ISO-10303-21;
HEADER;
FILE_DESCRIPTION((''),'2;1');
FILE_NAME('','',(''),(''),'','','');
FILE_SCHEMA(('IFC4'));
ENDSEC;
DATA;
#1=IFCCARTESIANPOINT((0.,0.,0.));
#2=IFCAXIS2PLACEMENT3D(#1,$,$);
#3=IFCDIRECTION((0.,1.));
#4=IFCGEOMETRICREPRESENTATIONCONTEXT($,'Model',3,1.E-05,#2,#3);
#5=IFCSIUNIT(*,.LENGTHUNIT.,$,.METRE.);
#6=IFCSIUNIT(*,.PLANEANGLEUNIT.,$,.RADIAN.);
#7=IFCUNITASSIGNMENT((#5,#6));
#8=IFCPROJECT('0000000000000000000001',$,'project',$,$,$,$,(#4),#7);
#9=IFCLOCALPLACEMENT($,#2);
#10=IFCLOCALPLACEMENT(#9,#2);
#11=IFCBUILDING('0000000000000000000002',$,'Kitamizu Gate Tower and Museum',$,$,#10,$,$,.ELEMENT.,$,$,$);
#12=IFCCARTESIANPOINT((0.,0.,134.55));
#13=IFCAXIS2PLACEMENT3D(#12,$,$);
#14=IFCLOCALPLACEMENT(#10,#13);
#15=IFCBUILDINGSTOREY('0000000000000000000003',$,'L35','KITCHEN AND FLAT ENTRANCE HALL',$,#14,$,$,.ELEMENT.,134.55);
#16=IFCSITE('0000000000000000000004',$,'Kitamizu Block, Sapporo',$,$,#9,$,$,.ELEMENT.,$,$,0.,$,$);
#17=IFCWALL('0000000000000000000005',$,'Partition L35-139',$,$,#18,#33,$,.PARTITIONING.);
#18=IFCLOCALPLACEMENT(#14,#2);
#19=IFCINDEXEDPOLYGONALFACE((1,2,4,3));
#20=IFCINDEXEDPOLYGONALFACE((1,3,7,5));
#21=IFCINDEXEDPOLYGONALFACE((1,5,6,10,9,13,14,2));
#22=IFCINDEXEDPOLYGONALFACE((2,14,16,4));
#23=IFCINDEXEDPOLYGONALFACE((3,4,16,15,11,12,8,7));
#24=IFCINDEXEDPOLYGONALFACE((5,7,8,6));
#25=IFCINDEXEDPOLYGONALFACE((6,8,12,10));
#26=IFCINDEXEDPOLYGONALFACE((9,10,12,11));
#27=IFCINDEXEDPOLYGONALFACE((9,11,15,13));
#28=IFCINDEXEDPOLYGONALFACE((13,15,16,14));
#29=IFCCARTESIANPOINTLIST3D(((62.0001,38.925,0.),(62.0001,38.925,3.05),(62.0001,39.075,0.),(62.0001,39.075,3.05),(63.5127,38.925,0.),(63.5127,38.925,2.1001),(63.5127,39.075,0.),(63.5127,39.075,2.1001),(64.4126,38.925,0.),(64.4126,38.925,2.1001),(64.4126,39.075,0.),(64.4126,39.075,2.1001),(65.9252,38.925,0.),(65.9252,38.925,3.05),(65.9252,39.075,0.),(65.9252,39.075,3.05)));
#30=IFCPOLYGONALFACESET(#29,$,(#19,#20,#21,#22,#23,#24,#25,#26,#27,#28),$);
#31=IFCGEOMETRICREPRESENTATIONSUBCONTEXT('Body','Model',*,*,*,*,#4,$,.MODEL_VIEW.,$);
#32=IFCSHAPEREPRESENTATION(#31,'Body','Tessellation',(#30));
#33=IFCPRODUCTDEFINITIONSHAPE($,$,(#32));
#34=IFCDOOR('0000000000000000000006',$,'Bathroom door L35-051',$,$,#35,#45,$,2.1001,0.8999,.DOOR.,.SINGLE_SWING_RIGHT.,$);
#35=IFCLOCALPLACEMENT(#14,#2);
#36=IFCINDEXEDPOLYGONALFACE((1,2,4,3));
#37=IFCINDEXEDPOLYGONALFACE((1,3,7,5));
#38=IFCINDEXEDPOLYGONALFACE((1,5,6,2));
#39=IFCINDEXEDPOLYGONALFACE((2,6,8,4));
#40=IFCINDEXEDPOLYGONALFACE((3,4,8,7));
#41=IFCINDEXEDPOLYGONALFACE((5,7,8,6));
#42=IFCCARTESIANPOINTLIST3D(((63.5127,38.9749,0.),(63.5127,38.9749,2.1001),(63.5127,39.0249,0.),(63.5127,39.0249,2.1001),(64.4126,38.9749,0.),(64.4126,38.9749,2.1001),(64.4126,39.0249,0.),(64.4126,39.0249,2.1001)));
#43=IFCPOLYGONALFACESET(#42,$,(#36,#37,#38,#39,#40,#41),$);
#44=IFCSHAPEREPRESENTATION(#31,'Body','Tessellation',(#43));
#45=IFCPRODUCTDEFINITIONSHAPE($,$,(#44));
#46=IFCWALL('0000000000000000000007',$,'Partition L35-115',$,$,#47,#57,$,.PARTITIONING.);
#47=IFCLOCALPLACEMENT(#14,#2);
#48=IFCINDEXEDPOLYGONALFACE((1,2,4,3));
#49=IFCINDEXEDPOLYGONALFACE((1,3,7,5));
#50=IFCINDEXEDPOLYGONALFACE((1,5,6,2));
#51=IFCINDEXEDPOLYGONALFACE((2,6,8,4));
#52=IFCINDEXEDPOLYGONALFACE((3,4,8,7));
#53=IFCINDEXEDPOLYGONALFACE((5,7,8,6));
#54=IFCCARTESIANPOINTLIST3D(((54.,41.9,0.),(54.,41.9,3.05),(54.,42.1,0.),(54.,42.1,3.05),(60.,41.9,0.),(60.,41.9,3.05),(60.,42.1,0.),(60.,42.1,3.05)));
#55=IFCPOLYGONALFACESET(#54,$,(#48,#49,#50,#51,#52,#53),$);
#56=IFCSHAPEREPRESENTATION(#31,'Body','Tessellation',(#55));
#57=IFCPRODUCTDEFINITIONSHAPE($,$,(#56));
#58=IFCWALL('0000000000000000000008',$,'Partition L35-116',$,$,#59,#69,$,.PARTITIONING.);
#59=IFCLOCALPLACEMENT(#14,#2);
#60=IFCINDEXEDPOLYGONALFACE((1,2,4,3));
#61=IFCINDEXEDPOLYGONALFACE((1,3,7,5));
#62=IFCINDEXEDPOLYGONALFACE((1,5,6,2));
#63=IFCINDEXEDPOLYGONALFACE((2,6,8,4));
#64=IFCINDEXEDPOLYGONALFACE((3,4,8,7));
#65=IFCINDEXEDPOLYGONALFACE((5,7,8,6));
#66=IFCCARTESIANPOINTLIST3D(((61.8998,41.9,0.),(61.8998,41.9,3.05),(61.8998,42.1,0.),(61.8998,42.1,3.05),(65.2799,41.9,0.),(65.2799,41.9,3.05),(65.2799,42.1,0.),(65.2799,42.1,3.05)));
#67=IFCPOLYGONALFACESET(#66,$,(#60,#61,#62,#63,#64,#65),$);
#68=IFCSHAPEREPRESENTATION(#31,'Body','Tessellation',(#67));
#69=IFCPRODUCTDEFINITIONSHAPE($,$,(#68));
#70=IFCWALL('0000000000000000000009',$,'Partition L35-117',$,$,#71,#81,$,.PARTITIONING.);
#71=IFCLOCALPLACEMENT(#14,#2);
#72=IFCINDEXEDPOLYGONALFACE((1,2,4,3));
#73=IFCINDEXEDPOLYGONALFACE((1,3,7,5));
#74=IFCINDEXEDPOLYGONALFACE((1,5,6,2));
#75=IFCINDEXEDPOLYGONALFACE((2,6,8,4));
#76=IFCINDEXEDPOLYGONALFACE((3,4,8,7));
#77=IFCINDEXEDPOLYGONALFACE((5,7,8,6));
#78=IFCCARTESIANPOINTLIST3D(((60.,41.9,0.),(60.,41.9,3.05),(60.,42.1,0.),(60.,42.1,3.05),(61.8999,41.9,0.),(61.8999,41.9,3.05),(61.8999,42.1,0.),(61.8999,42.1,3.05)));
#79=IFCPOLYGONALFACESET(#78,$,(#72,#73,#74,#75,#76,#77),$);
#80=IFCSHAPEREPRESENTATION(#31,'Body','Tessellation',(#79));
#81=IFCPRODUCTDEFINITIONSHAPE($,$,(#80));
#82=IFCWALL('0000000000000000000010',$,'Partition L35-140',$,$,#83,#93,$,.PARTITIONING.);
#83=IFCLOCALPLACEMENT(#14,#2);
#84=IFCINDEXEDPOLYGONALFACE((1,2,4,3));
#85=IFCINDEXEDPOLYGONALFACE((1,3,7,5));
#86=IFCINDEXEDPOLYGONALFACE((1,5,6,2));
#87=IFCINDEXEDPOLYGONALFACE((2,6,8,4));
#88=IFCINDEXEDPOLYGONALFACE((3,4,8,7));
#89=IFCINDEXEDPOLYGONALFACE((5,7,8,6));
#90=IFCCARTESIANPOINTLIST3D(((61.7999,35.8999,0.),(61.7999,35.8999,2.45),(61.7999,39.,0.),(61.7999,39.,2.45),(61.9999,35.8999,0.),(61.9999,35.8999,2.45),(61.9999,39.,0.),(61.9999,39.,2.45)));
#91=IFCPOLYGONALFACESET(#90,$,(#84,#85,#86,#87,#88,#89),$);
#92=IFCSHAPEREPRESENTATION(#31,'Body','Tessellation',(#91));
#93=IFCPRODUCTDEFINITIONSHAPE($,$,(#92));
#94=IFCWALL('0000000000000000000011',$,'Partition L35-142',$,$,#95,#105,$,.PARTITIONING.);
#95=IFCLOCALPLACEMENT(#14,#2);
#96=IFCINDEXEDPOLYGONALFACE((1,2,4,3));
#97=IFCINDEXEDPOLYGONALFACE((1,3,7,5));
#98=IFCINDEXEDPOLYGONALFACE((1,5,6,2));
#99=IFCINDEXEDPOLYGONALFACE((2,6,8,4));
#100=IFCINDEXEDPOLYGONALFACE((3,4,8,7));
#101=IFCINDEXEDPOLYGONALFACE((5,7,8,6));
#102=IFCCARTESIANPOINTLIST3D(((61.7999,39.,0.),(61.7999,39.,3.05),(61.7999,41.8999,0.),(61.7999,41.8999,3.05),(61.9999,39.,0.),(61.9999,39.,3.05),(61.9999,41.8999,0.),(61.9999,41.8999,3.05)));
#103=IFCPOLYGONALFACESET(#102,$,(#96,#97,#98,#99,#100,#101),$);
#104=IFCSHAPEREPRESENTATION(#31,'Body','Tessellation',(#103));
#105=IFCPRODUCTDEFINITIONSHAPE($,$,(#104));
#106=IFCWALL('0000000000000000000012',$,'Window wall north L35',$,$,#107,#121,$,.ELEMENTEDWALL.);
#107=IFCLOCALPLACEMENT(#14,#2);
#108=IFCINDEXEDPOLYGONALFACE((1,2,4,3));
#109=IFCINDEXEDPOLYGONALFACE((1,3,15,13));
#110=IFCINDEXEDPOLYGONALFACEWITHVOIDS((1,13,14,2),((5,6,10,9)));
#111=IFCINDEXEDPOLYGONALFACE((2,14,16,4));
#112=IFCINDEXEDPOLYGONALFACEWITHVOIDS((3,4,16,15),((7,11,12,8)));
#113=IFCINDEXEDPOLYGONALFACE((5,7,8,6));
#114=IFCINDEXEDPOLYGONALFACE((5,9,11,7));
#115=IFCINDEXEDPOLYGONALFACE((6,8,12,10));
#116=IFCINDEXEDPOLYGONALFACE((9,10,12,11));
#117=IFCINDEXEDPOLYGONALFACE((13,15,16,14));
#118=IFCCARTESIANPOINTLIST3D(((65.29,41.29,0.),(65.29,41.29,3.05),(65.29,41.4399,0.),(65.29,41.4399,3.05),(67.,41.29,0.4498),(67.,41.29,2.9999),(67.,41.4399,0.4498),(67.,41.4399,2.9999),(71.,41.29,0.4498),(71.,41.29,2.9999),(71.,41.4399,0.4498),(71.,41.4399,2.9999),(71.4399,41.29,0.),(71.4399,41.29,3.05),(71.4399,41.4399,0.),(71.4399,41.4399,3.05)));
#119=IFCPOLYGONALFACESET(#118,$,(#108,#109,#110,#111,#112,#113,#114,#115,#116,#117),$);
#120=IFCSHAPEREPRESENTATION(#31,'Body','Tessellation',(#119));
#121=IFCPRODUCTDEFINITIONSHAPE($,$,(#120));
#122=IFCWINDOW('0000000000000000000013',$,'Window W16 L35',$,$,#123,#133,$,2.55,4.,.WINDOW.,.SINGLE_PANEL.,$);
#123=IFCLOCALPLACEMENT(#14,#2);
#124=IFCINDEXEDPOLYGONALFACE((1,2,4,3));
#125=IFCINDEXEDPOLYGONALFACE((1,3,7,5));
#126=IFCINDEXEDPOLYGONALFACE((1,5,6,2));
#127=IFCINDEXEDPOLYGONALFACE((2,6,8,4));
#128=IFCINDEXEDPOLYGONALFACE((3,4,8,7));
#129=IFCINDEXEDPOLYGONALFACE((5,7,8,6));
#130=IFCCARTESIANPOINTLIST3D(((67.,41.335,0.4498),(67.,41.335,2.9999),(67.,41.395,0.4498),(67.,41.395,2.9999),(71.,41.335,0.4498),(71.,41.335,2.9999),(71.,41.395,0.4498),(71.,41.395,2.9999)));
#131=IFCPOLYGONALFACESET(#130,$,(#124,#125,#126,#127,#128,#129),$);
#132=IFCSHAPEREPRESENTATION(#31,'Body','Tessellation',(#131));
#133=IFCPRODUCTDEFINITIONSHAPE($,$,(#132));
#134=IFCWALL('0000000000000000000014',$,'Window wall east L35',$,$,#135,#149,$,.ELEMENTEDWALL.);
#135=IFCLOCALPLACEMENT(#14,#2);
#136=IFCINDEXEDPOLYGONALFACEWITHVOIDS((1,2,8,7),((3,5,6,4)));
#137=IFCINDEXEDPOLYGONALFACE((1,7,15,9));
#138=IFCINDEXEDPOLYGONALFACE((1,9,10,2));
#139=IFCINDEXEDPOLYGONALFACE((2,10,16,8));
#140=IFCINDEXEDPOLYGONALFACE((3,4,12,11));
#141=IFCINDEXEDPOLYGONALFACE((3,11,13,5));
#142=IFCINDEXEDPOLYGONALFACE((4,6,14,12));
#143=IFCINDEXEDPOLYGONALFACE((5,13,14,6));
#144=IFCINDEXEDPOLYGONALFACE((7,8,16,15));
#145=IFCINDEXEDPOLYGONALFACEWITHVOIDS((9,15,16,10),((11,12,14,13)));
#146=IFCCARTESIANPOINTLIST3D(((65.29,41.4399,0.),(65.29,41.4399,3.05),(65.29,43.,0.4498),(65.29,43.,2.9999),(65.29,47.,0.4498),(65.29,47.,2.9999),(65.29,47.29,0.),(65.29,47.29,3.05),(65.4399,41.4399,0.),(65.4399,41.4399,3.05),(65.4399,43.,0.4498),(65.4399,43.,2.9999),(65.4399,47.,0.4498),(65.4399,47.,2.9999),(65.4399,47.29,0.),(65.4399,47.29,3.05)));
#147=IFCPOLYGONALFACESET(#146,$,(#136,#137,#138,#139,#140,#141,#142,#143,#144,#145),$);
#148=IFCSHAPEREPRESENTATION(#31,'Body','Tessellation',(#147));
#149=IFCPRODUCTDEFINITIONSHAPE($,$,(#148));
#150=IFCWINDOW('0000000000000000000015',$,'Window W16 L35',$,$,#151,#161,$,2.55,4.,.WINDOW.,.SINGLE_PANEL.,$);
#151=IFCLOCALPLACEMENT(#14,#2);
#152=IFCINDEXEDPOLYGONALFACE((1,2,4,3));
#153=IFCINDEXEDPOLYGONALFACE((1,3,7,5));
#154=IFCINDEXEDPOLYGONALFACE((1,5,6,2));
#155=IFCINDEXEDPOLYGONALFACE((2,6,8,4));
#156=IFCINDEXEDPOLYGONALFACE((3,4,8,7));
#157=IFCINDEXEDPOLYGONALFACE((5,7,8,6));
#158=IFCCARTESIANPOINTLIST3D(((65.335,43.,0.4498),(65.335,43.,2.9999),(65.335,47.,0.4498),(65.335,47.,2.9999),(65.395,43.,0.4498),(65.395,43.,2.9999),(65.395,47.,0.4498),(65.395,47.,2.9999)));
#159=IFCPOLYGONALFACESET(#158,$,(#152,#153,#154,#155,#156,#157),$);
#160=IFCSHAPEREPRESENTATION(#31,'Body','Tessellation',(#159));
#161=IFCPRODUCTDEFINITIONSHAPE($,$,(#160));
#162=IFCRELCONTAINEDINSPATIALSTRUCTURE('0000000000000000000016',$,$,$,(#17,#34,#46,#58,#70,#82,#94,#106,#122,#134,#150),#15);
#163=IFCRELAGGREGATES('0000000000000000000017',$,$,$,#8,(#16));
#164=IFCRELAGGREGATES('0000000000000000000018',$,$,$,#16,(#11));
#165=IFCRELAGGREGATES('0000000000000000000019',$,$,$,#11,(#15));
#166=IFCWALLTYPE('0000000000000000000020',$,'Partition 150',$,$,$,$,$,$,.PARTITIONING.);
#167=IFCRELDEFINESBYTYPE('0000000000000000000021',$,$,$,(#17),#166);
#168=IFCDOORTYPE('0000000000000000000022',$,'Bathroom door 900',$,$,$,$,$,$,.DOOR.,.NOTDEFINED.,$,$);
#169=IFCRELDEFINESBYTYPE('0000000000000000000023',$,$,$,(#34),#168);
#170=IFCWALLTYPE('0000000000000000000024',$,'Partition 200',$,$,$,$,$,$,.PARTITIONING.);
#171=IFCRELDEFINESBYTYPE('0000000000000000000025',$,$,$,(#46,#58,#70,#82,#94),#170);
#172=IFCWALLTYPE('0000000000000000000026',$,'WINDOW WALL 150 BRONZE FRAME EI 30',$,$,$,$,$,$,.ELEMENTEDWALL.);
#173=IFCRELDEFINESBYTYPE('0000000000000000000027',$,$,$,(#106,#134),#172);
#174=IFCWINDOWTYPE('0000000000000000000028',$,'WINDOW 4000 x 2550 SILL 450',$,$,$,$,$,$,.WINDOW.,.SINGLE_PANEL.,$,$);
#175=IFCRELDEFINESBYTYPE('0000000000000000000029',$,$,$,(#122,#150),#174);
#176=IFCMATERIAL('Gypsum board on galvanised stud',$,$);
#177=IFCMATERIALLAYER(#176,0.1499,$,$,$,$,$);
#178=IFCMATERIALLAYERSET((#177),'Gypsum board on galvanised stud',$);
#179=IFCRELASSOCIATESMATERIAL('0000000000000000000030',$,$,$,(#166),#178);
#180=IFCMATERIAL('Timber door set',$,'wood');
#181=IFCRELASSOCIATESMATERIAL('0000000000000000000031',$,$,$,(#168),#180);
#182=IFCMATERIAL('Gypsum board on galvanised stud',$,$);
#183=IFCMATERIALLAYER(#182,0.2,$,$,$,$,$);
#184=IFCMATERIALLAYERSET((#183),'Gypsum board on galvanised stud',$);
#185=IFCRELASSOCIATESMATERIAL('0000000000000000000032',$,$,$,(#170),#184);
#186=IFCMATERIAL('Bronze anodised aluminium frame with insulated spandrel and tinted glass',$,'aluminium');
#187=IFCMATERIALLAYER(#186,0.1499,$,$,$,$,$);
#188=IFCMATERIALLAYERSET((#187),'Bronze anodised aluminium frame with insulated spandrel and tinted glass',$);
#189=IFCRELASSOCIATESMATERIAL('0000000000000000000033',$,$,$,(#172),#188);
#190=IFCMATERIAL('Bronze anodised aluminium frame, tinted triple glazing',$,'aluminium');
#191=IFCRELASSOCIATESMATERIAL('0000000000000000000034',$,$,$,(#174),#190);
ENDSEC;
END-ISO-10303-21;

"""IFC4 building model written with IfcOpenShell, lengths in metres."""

from ifc_helpers import new_model, si_unit, direction, frame, frame_2d, origin, place, context, subcontext, project, spatial, rectangle, extrude, material, layer, layer_set, type_object, element, fill, save


model = new_model("IFC4")

# Units and contexts
model_context = context("Model", 3, precision=1e-05, world=origin(), true_north=direction((0.0, 1.0)))
body_context = subcontext(model_context, "Body", "Model", "MODEL_VIEW")
ifc_project = project(units=[si_unit("LENGTHUNIT", "METRE"), si_unit("PLANEANGLEUNIT", "RADIAN")], contexts=[model_context])

# Site, building, storey
site_placement = place(None, origin())
site = spatial("IfcSite", under=ifc_project, at=site_placement, Name="Kitamizu Block, Sapporo", CompositionType="ELEMENT", RefElevation=0.0)
building_placement = place(site_placement, origin())
building = spatial("IfcBuilding", under=site, at=building_placement, Name="Kitamizu Gate Tower and Museum", CompositionType="ELEMENT")
storey_placement = place(building_placement, frame((0.0, 0.0, 134.55)))
storey = spatial("IfcBuildingStorey", under=building, at=storey_placement, Name="L35", Description="KITCHEN AND FLAT ENTRANCE HALL", CompositionType="ELEMENT", Elevation=134.55)

# Shared definitions
ifc_material_1 = material(Name="Gypsum board on galvanised stud")
ifc_layer_1 = layer(ifc_material_1, 0.1499)
ifc_layer_set_1 = layer_set([ifc_layer_1], Name="Gypsum board on galvanised stud")
wall_type_1 = type_object("IfcWallType", Name="Partition 150", PredefinedType="PARTITIONING", material=ifc_layer_set_1)

# Wall, opening, door
wall_1_placement = place(storey_placement, frame((65.925, 39.0, 0.0), z_axis=(0.0, 0.0, 1.0), x_axis=(-1.0, 0.0, 0.0)))
wall_1 = element("IfcWall", 1, at=wall_1_placement, inside=storey, type_object=wall_type_1, Name="Partition L35-139", PredefinedType="PARTITIONING", context=body_context, shape_type="SweptSolid", body=[
    extrude(rectangle(XDim=3.925, YDim=0.1499, at=frame_2d((1.9624, 0.0))), origin(), (0.0, 0.0, 1.0), 3.05),
])
opening_1_placement = place(wall_1_placement, frame((1.5125, 0.0, 0.0)))
opening_1 = element("IfcOpeningElement", 2, at=opening_1_placement, cuts=wall_1, PredefinedType="OPENING", context=body_context, shape_type="SweptSolid", body=[
    extrude(rectangle(XDim=0.8999, YDim=2.1001, at=frame_2d((0.45, 1.05))), frame((0.0, 0.085, 0.0), z_axis=(0.0, -1.0, 0.0), x_axis=(1.0, 0.0, 0.0)), (0.0, 0.0, 1.0), 0.1699),
])
ifc_material_2 = material(Name="Timber door set", Category="wood")
door_type_1 = type_object("IfcDoorType", Name="Bathroom door 900", OperationType="NOTDEFINED", PredefinedType="DOOR", material=ifc_material_2)
door_1_placement = place(opening_1_placement, frame((0.8999, 0.0, 0.0), x_axis=(-1.0, 0.0, 0.0)))
door_1 = element("IfcDoor", 3, at=door_1_placement, inside=storey, type_object=door_type_1, Name="Bathroom door L35-051", OperationType="SINGLE_SWING_RIGHT", OverallHeight=2.1001, OverallWidth=0.8999, PredefinedType="DOOR", context=body_context, shape_type="SweptSolid", body=[
    extrude(rectangle(XDim=0.8999, YDim=2.1001, at=frame_2d((0.45, 1.05))), frame((0.0, 0.0249, 0.0), z_axis=(0.0, -1.0, 0.0), x_axis=(1.0, 0.0, 0.0)), (0.0, 0.0, 1.0), 0.05),
])
fill(opening_1, door_1)

# Walls
ifc_material_3 = material(Name="Gypsum board on galvanised stud")
ifc_layer_2 = layer(ifc_material_3, 0.2)
ifc_layer_set_2 = layer_set([ifc_layer_2], Name="Gypsum board on galvanised stud")
wall_type_2 = type_object("IfcWallType", Name="Partition 200", PredefinedType="PARTITIONING", material=ifc_layer_set_2)
wall_2_placement = place(storey_placement, frame((54.0, 42.0, 0.0), z_axis=(0.0, 0.0, 1.0), x_axis=(1.0, 0.0, 0.0)))
element("IfcWall", 4, at=wall_2_placement, inside=storey, type_object=wall_type_2, Name="Partition L35-115", PredefinedType="PARTITIONING", context=body_context, shape_type="SweptSolid", body=[
    extrude(rectangle(XDim=6.0, YDim=0.2, at=frame_2d((3.0, 0.0))), origin(), (0.0, 0.0, 1.0), 3.05),
])
wall_3_placement = place(storey_placement, frame((61.8999, 42.0, 0.0), z_axis=(0.0, 0.0, 1.0), x_axis=(1.0, 0.0, 0.0)))
element("IfcWall", 5, at=wall_3_placement, inside=storey, type_object=wall_type_2, Name="Partition L35-116", PredefinedType="PARTITIONING", context=body_context, shape_type="SweptSolid", body=[
    extrude(rectangle(XDim=3.3801, YDim=0.2, at=frame_2d((1.6899, 0.0))), origin(), (0.0, 0.0, 1.0), 3.05),
])
wall_4_placement = place(storey_placement, frame((60.0, 42.0, 0.0), z_axis=(0.0, 0.0, 1.0), x_axis=(1.0, 0.0, 0.0)))
element("IfcWall", 6, at=wall_4_placement, inside=storey, type_object=wall_type_2, Name="Partition L35-117", PredefinedType="PARTITIONING", context=body_context, shape_type="SweptSolid", body=[
    extrude(rectangle(XDim=1.8999, YDim=0.2, at=frame_2d((0.95, 0.0))), origin(), (0.0, 0.0, 1.0), 3.05),
])
wall_5_placement = place(storey_placement, frame((61.8999, 39.0, 0.0), z_axis=(0.0, 0.0, 1.0), x_axis=(0.0, -1.0, 0.0)))
element("IfcWall", 7, at=wall_5_placement, inside=storey, type_object=wall_type_2, Name="Partition L35-140", PredefinedType="PARTITIONING", context=body_context, shape_type="SweptSolid", body=[
    extrude(rectangle(XDim=3.1001, YDim=0.2, at=frame_2d((1.55, 0.0))), origin(), (0.0, 0.0, 1.0), 2.45),
])
wall_6_placement = place(storey_placement, frame((61.8999, 41.8999, 0.0), z_axis=(0.0, 0.0, 1.0), x_axis=(0.0, -1.0, 0.0)))
element("IfcWall", 8, at=wall_6_placement, inside=storey, type_object=wall_type_2, Name="Partition L35-142", PredefinedType="PARTITIONING", context=body_context, shape_type="SweptSolid", body=[
    extrude(rectangle(XDim=2.8999, YDim=0.2, at=frame_2d((1.45, 0.0))), origin(), (0.0, 0.0, 1.0), 3.05),
])

# Walls, openings, windows
ifc_material_4 = material(Name="Bronze anodised aluminium frame with insulated spandrel and tinted glass", Category="aluminium")
ifc_layer_3 = layer(ifc_material_4, 0.1499)
ifc_layer_set_3 = layer_set([ifc_layer_3], Name="Bronze anodised aluminium frame with insulated spandrel and tinted glass")
wall_type_3 = type_object("IfcWallType", Name="WINDOW WALL 150 BRONZE FRAME EI 30", PredefinedType="ELEMENTEDWALL", material=ifc_layer_set_3)
wall_7_placement = place(storey_placement, frame((65.29, 41.365, 0.0), z_axis=(0.0, 0.0, 1.0), x_axis=(1.0, 0.0, 0.0)))
wall_7 = element("IfcWall", 9, at=wall_7_placement, inside=storey, type_object=wall_type_3, Name="Window wall north L35", PredefinedType="ELEMENTEDWALL", context=body_context, shape_type="SweptSolid", body=[
    extrude(rectangle(XDim=6.1499, YDim=0.1499, at=frame_2d((3.075, 0.0))), origin(), (0.0, 0.0, 1.0), 3.05),
])
opening_2_placement = place(wall_7_placement, frame((1.71, 0.0, 0.45)))
opening_2 = element("IfcOpeningElement", 10, at=opening_2_placement, cuts=wall_7, PredefinedType="OPENING", context=body_context, shape_type="SweptSolid", body=[
    extrude(rectangle(XDim=4.0, YDim=2.55, at=frame_2d((2.0, 1.2749))), frame((0.0, 0.085, 0.0), z_axis=(0.0, -1.0, 0.0), x_axis=(1.0, 0.0, 0.0)), (0.0, 0.0, 1.0), 0.1699),
])
ifc_material_5 = material(Name="Bronze anodised aluminium frame, tinted triple glazing", Category="aluminium")
window_type = type_object("IfcWindowType", Name="WINDOW 4000 x 2550 SILL 450", PartitioningType="SINGLE_PANEL", PredefinedType="WINDOW", material=ifc_material_5)
window_1_placement = place(opening_2_placement, origin())
window_1 = element("IfcWindow", 11, at=window_1_placement, inside=storey, type_object=window_type, Name="Window W16 L35", OverallHeight=2.55, OverallWidth=4.0, PartitioningType="SINGLE_PANEL", PredefinedType="WINDOW", context=body_context, shape_type="SweptSolid", body=[
    extrude(rectangle(XDim=4.0, YDim=2.55, at=frame_2d((2.0, 1.2749))), frame((0.0, 0.03, 0.0), z_axis=(0.0, -1.0, 0.0), x_axis=(1.0, 0.0, 0.0)), (0.0, 0.0, 1.0), 0.0601),
])
fill(opening_2, window_1)
wall_8_placement = place(storey_placement, frame((65.365, 41.4399, 0.0), z_axis=(0.0, 0.0, 1.0), x_axis=(0.0, 1.0, 0.0)))
wall_8 = element("IfcWall", 12, at=wall_8_placement, inside=storey, type_object=wall_type_3, Name="Window wall east L35", PredefinedType="ELEMENTEDWALL", context=body_context, shape_type="SweptSolid", body=[
    extrude(rectangle(XDim=5.8501, YDim=0.1499, at=frame_2d((2.925, 0.0))), origin(), (0.0, 0.0, 1.0), 3.05),
])
opening_3_placement = place(wall_8_placement, frame((1.5601, 0.0, 0.45)))
opening_3 = element("IfcOpeningElement", 13, at=opening_3_placement, cuts=wall_8, PredefinedType="OPENING", context=body_context, shape_type="SweptSolid", body=[
    extrude(rectangle(XDim=4.0, YDim=2.55, at=frame_2d((2.0, 1.2749))), frame((0.0, 0.085, 0.0), z_axis=(0.0, -1.0, 0.0), x_axis=(1.0, 0.0, 0.0)), (0.0, 0.0, 1.0), 0.1699),
])
window_2_placement = place(opening_3_placement, origin())
window_2 = element("IfcWindow", 14, at=window_2_placement, inside=storey, type_object=window_type, Name="Window W16 L35", OverallHeight=2.55, OverallWidth=4.0, PartitioningType="SINGLE_PANEL", PredefinedType="WINDOW", context=body_context, shape_type="SweptSolid", body=[
    extrude(rectangle(XDim=4.0, YDim=2.55, at=frame_2d((2.0, 1.2749))), frame((0.0, 0.03, 0.0), z_axis=(0.0, -1.0, 0.0), x_axis=(1.0, 0.0, 0.0)), (0.0, 0.0, 1.0), 0.0601),
])
fill(opening_3, window_2)

save(model, "model.ifc")
